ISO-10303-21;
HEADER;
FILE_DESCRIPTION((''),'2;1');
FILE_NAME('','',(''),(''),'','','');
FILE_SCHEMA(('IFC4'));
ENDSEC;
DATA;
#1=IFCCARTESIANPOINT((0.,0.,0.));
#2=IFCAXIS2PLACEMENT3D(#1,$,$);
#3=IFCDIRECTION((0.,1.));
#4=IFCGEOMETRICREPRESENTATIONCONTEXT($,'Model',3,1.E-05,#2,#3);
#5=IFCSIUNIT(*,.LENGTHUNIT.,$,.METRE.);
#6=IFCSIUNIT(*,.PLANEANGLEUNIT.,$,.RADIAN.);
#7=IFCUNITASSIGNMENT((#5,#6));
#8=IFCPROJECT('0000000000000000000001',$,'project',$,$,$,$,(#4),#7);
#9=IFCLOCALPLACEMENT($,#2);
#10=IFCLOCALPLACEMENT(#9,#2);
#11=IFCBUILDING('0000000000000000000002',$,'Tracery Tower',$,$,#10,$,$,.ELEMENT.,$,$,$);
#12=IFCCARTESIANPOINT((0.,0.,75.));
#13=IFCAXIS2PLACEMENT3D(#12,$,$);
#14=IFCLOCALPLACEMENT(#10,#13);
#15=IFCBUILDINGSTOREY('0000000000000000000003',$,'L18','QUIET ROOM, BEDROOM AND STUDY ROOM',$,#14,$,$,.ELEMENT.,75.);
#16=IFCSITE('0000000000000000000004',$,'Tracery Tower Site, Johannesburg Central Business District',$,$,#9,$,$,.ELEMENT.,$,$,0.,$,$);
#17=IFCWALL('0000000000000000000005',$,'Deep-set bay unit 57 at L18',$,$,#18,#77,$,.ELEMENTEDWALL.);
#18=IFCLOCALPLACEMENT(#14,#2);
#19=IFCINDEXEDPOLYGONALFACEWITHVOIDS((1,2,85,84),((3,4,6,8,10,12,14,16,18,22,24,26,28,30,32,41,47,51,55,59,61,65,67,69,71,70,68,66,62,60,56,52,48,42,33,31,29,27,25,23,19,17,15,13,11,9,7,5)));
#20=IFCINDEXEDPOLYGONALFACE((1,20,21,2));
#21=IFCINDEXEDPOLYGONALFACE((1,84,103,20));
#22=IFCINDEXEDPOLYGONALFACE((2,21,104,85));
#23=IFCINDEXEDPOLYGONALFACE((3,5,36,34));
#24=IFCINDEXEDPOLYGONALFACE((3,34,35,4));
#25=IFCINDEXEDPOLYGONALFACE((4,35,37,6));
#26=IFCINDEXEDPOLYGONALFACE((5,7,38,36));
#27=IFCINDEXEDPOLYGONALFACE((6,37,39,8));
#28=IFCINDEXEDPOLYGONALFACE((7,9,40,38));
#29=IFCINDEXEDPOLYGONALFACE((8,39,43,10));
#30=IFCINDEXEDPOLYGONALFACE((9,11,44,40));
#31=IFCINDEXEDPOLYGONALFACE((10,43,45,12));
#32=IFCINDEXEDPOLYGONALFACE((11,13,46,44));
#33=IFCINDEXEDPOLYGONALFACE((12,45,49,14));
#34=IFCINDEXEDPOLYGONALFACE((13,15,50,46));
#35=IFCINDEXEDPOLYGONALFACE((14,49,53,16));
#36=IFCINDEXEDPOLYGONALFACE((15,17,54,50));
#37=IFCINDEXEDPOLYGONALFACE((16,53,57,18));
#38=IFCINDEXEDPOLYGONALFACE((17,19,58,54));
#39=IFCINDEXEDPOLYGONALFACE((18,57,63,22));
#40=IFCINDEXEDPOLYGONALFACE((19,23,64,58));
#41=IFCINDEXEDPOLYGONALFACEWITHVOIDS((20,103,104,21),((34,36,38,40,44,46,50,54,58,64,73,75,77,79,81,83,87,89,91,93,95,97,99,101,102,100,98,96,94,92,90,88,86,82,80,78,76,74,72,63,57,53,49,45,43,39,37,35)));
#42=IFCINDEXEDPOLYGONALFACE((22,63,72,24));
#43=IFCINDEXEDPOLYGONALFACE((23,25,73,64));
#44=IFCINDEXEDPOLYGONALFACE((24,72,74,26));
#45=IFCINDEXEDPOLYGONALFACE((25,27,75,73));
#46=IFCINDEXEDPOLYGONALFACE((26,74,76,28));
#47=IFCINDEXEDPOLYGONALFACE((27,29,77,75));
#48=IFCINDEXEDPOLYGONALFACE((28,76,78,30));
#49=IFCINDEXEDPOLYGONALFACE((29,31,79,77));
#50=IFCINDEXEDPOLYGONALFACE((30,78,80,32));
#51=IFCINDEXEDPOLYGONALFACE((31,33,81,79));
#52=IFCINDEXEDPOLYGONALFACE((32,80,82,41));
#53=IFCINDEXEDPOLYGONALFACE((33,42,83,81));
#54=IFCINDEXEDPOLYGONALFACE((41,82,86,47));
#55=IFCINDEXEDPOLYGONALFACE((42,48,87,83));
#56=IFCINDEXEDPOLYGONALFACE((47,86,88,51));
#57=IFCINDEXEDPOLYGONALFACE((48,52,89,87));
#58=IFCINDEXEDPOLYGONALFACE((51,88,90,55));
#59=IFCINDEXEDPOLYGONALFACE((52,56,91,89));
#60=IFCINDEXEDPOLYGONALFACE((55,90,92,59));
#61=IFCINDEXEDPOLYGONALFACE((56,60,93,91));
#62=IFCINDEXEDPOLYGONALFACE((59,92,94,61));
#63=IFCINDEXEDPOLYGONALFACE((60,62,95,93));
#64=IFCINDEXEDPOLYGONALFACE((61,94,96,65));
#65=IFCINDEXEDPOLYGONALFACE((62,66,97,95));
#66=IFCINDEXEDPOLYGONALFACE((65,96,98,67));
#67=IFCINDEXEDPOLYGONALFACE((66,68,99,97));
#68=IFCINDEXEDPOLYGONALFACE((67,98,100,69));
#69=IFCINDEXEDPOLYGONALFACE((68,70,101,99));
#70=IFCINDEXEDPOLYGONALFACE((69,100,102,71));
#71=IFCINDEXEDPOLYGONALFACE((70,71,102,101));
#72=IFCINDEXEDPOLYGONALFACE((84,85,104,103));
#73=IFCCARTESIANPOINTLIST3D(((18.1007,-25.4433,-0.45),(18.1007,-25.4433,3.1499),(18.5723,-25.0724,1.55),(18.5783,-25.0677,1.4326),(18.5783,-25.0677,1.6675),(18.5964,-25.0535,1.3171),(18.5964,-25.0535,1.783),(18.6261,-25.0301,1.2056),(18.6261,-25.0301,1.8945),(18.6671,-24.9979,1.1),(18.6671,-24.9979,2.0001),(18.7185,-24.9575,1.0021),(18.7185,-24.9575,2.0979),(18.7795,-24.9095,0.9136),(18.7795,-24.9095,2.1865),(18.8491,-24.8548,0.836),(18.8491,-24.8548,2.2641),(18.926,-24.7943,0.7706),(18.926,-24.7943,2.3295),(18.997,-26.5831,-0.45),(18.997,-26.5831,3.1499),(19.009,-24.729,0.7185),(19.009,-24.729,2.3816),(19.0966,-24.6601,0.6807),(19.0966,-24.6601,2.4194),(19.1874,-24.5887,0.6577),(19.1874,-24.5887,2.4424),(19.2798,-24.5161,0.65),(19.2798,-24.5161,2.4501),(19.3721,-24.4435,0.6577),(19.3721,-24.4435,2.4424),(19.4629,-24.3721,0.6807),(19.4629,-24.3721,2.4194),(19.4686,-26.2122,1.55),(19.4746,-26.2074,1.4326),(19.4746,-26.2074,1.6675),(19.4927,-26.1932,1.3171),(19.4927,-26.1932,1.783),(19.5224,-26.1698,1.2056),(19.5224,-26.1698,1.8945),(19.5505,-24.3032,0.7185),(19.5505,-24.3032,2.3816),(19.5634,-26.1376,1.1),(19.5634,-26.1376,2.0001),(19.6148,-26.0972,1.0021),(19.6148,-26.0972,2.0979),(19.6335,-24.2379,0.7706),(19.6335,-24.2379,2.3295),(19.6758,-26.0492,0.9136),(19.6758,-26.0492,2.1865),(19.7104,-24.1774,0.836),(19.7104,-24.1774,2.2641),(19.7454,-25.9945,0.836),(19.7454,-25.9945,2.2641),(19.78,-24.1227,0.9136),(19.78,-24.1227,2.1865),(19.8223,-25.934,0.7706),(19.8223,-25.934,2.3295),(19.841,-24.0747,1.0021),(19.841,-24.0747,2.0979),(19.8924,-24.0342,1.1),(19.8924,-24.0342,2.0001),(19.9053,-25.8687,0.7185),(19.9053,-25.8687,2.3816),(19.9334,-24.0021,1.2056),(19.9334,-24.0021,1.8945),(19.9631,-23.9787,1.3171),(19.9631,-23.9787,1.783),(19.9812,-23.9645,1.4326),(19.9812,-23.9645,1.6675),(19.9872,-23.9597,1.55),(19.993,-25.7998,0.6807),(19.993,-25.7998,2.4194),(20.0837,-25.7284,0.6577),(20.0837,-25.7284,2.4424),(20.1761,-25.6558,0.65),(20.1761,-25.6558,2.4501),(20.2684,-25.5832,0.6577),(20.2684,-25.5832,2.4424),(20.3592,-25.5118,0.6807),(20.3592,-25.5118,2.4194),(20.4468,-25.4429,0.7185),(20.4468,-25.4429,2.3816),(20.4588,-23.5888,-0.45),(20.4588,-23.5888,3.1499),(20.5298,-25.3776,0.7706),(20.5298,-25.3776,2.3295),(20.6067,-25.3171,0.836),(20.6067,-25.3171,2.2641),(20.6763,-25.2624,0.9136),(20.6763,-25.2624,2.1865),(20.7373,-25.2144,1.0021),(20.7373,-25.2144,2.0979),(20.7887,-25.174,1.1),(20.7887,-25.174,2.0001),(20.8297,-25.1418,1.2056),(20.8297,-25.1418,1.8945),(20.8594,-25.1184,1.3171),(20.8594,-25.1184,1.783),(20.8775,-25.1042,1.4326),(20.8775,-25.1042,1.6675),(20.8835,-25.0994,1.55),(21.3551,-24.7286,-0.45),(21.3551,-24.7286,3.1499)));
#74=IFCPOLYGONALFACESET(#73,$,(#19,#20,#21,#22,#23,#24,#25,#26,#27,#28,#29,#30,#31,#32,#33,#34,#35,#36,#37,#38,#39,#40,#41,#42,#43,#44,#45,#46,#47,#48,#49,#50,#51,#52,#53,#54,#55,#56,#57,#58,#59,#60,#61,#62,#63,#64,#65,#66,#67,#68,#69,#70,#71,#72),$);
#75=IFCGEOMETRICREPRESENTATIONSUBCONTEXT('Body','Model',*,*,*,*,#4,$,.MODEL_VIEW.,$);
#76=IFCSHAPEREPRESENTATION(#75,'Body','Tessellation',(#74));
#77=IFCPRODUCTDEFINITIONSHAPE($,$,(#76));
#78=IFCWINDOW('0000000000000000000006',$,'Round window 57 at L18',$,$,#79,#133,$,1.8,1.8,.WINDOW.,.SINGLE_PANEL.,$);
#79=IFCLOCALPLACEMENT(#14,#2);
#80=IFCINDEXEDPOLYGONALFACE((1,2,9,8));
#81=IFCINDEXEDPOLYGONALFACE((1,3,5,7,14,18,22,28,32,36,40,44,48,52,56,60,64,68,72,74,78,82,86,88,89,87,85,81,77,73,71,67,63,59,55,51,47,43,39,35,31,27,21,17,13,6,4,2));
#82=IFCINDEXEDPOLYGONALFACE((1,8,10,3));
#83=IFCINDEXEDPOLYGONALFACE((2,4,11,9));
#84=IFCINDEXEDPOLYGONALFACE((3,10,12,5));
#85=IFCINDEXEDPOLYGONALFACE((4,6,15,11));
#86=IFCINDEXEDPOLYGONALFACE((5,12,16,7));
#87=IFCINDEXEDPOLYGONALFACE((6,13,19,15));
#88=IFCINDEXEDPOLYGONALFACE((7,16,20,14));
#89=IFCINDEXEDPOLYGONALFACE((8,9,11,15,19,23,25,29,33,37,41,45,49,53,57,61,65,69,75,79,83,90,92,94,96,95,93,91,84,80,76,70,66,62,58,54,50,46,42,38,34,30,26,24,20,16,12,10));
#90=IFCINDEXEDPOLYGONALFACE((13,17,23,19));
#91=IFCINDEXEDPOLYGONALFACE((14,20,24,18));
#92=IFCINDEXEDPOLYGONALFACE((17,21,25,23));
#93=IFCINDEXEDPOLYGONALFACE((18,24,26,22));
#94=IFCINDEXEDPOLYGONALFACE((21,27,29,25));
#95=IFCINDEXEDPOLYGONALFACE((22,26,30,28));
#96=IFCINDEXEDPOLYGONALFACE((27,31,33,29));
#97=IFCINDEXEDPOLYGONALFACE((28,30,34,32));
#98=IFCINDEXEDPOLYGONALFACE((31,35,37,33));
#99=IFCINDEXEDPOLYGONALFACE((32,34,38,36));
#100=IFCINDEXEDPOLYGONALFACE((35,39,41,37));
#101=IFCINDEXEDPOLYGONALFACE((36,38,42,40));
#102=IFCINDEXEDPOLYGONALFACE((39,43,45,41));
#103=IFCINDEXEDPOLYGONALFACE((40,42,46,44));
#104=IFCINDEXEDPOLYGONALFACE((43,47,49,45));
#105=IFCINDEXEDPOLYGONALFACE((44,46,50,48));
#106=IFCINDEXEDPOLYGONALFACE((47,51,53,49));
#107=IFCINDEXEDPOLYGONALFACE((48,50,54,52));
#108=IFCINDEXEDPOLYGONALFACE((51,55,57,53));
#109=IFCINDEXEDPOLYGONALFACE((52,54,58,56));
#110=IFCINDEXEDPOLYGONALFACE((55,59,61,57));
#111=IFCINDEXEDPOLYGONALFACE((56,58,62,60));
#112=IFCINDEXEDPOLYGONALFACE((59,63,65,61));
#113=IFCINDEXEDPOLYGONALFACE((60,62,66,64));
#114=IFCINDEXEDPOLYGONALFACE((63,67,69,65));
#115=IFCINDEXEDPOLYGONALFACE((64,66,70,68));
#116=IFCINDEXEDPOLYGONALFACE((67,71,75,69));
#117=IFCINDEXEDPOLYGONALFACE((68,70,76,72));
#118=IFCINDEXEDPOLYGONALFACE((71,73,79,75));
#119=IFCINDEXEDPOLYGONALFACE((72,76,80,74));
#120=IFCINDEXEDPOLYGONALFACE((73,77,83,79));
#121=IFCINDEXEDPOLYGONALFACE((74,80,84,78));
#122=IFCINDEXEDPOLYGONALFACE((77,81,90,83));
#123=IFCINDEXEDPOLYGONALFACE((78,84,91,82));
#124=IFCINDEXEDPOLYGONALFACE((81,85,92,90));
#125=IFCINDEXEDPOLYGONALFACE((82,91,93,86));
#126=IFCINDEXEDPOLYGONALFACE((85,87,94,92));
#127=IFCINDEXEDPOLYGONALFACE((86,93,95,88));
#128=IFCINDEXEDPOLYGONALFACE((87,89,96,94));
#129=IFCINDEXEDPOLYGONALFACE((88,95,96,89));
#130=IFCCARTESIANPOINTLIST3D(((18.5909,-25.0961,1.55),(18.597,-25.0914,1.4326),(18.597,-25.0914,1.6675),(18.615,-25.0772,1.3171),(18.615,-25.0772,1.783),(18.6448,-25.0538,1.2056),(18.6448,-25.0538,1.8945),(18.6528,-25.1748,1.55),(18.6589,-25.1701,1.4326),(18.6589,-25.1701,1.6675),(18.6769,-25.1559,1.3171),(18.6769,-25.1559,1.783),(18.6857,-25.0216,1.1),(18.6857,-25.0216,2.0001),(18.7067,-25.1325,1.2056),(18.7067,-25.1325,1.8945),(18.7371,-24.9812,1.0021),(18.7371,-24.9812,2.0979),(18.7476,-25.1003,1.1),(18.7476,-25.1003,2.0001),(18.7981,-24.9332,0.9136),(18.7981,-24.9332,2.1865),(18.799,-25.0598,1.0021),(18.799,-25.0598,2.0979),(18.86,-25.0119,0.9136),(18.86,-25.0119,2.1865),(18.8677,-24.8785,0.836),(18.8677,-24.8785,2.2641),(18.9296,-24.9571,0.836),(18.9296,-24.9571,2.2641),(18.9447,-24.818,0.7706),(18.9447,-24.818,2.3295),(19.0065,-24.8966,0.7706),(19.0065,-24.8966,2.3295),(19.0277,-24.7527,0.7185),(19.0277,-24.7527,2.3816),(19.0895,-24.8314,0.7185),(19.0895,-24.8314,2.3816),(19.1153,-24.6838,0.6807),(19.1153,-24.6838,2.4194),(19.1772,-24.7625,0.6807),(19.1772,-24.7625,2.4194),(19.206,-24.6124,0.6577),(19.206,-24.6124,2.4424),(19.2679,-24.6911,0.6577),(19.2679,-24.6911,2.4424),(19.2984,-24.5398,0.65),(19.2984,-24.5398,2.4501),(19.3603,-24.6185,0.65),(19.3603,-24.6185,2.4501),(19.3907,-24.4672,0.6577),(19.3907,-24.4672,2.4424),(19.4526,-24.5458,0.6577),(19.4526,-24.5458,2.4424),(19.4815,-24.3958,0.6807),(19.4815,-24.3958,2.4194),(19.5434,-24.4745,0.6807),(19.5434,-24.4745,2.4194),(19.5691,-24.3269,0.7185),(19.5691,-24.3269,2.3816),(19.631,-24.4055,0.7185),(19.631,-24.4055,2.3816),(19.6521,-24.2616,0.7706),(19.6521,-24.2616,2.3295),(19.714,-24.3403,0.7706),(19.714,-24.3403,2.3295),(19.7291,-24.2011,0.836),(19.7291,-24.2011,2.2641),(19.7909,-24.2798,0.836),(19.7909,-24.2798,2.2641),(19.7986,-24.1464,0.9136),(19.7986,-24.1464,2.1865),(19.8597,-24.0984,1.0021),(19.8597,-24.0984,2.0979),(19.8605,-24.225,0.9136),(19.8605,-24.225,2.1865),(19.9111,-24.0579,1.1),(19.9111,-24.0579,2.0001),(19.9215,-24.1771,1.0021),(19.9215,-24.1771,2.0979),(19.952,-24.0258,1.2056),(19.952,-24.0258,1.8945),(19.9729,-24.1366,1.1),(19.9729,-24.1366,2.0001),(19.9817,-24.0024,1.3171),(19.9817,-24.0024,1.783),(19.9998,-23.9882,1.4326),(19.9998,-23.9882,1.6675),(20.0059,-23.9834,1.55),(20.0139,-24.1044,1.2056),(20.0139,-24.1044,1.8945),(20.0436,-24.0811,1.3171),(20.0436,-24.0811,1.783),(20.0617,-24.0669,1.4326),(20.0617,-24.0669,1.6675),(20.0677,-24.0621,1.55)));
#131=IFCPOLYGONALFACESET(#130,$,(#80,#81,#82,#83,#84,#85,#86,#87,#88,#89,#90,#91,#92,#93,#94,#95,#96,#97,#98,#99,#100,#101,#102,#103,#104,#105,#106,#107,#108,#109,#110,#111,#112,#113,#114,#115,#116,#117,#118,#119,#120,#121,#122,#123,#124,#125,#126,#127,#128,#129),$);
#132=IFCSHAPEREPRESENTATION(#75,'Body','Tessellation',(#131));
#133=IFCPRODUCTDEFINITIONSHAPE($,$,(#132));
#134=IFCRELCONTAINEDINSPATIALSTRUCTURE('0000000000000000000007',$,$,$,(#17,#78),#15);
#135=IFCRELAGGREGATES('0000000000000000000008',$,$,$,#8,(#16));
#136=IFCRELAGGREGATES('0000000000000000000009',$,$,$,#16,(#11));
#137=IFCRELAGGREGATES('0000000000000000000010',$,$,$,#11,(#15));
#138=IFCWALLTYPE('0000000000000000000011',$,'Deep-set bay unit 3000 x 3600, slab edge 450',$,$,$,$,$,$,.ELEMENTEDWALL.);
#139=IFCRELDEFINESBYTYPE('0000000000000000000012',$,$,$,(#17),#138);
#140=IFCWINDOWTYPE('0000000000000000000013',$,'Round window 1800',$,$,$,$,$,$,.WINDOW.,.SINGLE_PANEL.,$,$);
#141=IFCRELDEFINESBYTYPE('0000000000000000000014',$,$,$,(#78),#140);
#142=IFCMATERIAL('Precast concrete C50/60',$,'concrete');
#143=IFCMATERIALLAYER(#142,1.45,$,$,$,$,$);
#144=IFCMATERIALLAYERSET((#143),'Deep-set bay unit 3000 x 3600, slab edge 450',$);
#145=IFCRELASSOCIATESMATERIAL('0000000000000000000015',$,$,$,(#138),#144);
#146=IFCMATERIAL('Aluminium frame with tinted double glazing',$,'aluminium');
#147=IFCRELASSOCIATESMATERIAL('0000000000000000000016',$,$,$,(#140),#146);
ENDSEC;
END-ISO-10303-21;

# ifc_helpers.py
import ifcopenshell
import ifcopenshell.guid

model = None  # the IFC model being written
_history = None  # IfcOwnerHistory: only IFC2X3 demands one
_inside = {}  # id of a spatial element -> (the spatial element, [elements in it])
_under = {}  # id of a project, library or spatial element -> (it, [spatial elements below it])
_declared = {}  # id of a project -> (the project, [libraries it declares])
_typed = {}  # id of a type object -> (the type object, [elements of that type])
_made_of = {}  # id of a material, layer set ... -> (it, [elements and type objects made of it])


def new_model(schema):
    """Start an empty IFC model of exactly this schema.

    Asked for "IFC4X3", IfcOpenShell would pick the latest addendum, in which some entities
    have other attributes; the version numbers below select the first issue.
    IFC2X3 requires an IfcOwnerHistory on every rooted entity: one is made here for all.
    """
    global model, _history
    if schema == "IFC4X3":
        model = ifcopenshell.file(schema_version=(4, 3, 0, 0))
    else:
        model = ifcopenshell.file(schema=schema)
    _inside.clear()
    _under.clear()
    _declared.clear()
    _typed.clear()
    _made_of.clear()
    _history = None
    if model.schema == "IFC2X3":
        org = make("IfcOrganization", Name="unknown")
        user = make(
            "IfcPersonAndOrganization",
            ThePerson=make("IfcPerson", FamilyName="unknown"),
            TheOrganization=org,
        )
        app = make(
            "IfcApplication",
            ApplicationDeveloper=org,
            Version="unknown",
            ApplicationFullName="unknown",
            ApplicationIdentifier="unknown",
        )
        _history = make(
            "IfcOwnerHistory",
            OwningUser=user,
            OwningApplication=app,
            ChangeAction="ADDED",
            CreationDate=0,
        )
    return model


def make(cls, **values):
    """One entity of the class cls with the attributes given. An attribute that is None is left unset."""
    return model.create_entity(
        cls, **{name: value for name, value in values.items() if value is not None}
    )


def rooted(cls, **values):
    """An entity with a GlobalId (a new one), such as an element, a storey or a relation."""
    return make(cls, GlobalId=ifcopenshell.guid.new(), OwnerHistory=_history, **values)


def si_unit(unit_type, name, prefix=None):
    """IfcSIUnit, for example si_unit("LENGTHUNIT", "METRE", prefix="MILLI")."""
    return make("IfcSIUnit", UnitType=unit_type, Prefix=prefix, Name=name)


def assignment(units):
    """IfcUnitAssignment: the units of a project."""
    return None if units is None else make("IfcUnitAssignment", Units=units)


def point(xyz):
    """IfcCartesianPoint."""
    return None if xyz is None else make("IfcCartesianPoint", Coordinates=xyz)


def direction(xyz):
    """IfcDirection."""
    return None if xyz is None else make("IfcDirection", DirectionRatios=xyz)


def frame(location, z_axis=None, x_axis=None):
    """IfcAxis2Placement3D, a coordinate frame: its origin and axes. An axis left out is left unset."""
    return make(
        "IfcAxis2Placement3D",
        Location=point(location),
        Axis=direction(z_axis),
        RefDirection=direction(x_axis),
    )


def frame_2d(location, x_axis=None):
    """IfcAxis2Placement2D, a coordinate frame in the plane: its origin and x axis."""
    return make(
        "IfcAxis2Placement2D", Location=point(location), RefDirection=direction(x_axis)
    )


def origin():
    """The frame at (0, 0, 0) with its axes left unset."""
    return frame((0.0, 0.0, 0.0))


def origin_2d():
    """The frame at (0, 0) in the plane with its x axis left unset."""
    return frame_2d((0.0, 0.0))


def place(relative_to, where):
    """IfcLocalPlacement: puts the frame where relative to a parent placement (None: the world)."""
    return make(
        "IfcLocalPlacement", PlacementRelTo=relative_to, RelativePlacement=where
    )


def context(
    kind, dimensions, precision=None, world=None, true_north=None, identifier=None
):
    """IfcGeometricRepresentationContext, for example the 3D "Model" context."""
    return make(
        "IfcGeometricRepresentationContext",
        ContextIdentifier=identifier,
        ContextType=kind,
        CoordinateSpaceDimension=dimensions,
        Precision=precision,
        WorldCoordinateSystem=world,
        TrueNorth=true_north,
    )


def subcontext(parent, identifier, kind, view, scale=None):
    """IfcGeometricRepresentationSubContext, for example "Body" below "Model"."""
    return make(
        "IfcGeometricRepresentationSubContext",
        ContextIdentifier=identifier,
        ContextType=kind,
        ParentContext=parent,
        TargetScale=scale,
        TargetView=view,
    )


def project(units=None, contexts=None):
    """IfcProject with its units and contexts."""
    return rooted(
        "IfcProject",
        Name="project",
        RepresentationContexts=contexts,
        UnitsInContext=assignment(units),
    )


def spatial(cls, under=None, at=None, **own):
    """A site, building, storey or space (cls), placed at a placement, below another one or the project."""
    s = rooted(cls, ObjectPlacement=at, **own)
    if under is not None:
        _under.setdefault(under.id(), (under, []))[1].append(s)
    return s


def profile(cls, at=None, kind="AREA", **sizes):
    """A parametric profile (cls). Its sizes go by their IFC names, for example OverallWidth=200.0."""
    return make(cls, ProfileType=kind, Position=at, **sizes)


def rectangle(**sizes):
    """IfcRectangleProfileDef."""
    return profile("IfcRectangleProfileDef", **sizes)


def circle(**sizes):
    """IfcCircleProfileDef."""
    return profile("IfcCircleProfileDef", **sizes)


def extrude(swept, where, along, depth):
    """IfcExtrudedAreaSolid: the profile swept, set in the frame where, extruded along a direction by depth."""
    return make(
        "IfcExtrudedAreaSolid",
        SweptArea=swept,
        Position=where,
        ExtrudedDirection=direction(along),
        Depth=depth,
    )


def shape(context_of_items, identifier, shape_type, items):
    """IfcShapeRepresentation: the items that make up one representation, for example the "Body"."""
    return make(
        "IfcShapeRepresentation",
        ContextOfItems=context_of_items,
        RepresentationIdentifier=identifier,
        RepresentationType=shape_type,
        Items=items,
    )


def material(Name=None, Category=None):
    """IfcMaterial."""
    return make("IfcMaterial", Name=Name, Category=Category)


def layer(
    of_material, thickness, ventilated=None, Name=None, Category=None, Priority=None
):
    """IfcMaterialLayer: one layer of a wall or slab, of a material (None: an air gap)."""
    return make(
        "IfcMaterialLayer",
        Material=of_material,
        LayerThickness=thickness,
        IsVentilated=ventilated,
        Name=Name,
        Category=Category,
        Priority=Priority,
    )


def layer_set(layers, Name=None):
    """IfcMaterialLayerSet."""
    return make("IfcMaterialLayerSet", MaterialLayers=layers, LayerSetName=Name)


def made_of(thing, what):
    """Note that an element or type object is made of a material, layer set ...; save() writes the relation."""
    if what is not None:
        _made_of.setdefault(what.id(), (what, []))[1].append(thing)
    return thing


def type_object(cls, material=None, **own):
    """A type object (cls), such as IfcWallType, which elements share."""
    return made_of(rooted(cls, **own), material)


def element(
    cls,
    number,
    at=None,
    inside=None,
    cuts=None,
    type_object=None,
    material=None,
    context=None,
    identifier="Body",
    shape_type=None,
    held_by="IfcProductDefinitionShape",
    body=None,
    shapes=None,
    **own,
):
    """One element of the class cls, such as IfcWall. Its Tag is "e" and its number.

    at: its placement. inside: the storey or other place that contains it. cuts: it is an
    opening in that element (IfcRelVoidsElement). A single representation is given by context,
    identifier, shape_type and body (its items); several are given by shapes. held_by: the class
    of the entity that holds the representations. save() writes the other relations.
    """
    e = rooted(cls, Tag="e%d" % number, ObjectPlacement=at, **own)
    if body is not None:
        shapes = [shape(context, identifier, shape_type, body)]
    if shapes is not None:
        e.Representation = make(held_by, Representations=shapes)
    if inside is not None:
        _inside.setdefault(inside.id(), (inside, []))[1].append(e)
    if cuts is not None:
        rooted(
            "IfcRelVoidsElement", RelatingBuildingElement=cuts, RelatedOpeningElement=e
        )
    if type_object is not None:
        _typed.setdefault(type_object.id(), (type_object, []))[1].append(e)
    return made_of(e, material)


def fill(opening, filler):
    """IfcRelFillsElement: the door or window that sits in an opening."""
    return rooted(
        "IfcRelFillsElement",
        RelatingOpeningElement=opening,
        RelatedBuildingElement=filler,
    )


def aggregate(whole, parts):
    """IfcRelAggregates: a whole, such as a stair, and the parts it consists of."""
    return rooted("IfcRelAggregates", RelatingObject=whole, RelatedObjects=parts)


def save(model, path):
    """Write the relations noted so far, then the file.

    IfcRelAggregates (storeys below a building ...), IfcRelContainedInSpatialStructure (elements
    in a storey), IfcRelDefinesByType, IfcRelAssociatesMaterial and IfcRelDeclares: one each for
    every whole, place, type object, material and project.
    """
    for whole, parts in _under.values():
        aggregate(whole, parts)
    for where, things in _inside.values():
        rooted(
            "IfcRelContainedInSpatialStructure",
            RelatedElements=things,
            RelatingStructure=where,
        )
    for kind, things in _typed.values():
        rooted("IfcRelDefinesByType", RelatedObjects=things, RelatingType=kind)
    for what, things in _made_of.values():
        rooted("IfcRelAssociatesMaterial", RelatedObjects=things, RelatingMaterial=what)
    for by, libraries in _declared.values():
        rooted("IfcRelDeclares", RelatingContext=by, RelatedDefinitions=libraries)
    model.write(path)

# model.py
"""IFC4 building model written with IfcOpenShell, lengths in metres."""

from ifc_helpers import new_model, si_unit, direction, frame, frame_2d, origin, origin_2d, place, context, subcontext, project, spatial, rectangle, circle, extrude, material, layer, layer_set, type_object, element, fill, save


model = new_model("IFC4")

# Units and contexts
model_context = context("Model", 3, precision=1e-05, world=origin(), true_north=direction((0.0, 1.0)))
body_context = subcontext(model_context, "Body", "Model", "MODEL_VIEW")
ifc_project = project(units=[si_unit("LENGTHUNIT", "METRE"), si_unit("PLANEANGLEUNIT", "RADIAN")], contexts=[model_context])

# Site, building, storey
site_placement = place(None, origin())
site = spatial("IfcSite", under=ifc_project, at=site_placement, Name="Tracery Tower Site, Johannesburg Central Business District", CompositionType="ELEMENT", RefElevation=0.0)
building_placement = place(site_placement, origin())
building = spatial("IfcBuilding", under=site, at=building_placement, Name="Tracery Tower", CompositionType="ELEMENT")
storey_placement = place(building_placement, frame((0.0, 0.0, 75.0)))
storey = spatial("IfcBuildingStorey", under=building, at=storey_placement, Name="L18", Description="QUIET ROOM, BEDROOM AND STUDY ROOM", CompositionType="ELEMENT", Elevation=75.0)

# Wall, opening, window
ifc_material_1 = material(Name="Precast concrete C50/60", Category="concrete")
ifc_layer_1 = layer(ifc_material_1, 1.45)
ifc_layer_set_1 = layer_set([ifc_layer_1], Name="Deep-set bay unit 3000 x 3600, slab edge 450")
wall_type_1 = type_object("IfcWallType", Name="Deep-set bay unit 3000 x 3600, slab edge 450", PredefinedType="ELEMENTEDWALL", material=ifc_layer_set_1)
wall_1_placement = place(storey_placement, frame((18.5488, -26.0132, -0.45), z_axis=(0.0, 0.0, 1.0), x_axis=(0.78605, 0.618163, 0.0)))
wall_1 = element("IfcWall", 1, at=wall_1_placement, inside=storey, type_object=wall_type_1, Name="Deep-set bay unit 57 at L18", PredefinedType="ELEMENTEDWALL", context=body_context, shape_type="SweptSolid", body=[
    extrude(rectangle(XDim=3.0, YDim=1.45, at=frame_2d((1.5, 0.0))), origin(), (0.0, 0.0, 1.0), 3.5999),
])
opening_1_placement = place(wall_1_placement, frame((1.5, 0.0, 2.0)))
opening_1 = element("IfcOpeningElement", 2, at=opening_1_placement, cuts=wall_1, PredefinedType="OPENING", context=body_context, shape_type="SweptSolid", body=[
    extrude(circle(Radius=0.9, at=origin_2d()), frame((0.0, 0.7349, 0.0), z_axis=(0.0, -1.0, 0.0), x_axis=(1.0, 0.0, 0.0)), (0.0, 0.0, 1.0), 1.47),
])
ifc_material_2 = material(Name="Aluminium frame with tinted double glazing", Category="aluminium")
window_type = type_object("IfcWindowType", Name="Round window 1800", PartitioningType="SINGLE_PANEL", PredefinedType="WINDOW", material=ifc_material_2)
window_1_placement = place(opening_1_placement, origin())
window_1 = element("IfcWindow", 3, at=window_1_placement, inside=storey, type_object=window_type, Name="Round window 57 at L18", OverallHeight=1.8, OverallWidth=1.8, PartitioningType="SINGLE_PANEL", PredefinedType="WINDOW", context=body_context, shape_type="SweptSolid", body=[
    extrude(circle(Radius=0.9, at=origin_2d()), frame((0.0, 0.6948, 0.0), z_axis=(0.0, -1.0, 0.0), x_axis=(1.0, 0.0, 0.0)), (0.0, 0.0, 1.0), 0.1001),
])
fill(opening_1, window_1)

save(model, "model.ifc")
